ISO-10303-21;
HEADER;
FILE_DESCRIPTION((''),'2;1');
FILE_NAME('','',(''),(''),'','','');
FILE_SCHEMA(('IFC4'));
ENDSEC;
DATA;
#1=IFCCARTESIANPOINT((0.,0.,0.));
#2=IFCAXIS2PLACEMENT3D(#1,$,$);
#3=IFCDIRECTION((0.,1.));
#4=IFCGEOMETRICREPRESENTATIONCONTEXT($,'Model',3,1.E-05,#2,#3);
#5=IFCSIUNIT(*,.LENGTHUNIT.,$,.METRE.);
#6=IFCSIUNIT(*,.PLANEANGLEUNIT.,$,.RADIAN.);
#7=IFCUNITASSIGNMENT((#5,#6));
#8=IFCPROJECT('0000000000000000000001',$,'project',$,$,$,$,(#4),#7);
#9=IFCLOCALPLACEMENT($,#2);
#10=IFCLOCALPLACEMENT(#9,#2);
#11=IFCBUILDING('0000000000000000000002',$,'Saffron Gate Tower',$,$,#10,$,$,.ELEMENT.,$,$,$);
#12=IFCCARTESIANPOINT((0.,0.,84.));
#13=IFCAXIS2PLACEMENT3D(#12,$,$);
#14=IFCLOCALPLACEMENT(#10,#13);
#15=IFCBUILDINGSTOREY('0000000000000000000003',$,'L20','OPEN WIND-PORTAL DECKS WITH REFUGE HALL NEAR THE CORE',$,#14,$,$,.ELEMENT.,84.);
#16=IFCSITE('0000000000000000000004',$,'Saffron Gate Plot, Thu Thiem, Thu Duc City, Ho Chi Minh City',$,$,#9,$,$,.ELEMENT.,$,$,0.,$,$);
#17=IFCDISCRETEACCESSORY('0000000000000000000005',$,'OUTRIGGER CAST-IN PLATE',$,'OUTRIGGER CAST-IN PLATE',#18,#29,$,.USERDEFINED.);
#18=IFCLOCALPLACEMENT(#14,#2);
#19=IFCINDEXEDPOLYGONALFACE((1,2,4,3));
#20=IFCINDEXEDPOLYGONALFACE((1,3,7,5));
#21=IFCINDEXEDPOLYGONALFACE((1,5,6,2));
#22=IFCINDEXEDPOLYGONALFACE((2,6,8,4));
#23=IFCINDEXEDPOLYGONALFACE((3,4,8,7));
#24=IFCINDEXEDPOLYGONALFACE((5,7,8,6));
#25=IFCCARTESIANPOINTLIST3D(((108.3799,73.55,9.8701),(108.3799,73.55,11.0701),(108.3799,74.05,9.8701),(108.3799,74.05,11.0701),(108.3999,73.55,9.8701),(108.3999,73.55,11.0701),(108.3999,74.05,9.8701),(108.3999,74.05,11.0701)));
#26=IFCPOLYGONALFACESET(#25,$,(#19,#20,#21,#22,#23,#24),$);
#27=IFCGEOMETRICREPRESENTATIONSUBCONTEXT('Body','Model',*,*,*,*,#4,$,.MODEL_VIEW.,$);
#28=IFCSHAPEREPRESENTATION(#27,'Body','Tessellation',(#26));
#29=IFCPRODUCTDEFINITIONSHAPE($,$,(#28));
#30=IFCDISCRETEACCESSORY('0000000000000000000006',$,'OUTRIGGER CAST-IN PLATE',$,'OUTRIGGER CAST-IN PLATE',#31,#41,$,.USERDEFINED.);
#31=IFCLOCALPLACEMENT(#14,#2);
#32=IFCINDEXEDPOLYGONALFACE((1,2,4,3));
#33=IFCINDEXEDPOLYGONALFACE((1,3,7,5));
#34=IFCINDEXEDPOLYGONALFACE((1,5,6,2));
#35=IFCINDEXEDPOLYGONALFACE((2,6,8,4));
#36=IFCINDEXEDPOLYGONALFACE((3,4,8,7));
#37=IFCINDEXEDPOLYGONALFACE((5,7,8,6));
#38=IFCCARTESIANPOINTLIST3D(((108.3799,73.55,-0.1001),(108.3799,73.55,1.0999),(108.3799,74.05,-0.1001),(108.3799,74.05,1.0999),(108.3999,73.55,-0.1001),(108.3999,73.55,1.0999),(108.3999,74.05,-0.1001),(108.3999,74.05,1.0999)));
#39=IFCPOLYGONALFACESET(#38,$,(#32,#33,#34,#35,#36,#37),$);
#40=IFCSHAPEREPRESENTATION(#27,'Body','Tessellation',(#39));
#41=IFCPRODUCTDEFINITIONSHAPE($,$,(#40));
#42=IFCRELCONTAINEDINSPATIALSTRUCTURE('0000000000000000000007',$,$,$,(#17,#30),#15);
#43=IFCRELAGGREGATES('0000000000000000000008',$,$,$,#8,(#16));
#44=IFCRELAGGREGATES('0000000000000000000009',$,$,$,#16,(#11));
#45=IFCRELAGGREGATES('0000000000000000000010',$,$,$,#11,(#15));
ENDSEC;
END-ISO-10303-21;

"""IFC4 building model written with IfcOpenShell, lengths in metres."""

from ifc_helpers import new_model, si_unit, direction, frame, origin, origin_2d, place, context, subcontext, project, spatial, rectangle, extrude, element, save


model = new_model("IFC4")

# Units and contexts
model_context = context("Model", 3, precision=1e-05, world=origin(), true_north=direction((0.0, 1.0)))
body_context = subcontext(model_context, "Body", "Model", "MODEL_VIEW")
ifc_project = project(units=[si_unit("LENGTHUNIT", "METRE"), si_unit("PLANEANGLEUNIT", "RADIAN")], contexts=[model_context])

# Site, building, storey
site_placement = place(None, origin())
site = spatial("IfcSite", under=ifc_project, at=site_placement, Name="Saffron Gate Plot, Thu Thiem, Thu Duc City, Ho Chi Minh City", CompositionType="ELEMENT", RefElevation=0.0)
building_placement = place(site_placement, origin())
building = spatial("IfcBuilding", under=site, at=building_placement, Name="Saffron Gate Tower", CompositionType="ELEMENT")
storey_placement = place(building_placement, frame((0.0, 0.0, 84.0)))
storey = spatial("IfcBuildingStorey", under=building, at=storey_placement, Name="L20", Description="OPEN WIND-PORTAL DECKS WITH REFUGE HALL NEAR THE CORE", CompositionType="ELEMENT", Elevation=84.0)

# Discrete accessories
for number, where, z_axis, x_axis, name in (
    (1, (108.3899, 73.8, 9.8701), (0.0, 0.0, 1.0), (-1.0, 0.0, 0.0), "OUTRIGGER CAST-IN PLATE"),
    (2, (108.3899, 73.8, -0.1001), (0.0, 0.0, 1.0), (-1.0, 0.0, 0.0), "OUTRIGGER CAST-IN PLATE"),
):
    element("IfcDiscreteAccessory", number, at=place(storey_placement, frame(where, z_axis=z_axis, x_axis=x_axis)), inside=storey, Name=name, ObjectType="OUTRIGGER CAST-IN PLATE", PredefinedType="USERDEFINED", context=body_context, shape_type="SweptSolid", body=[
        extrude(rectangle(XDim=0.02, YDim=0.5, at=origin_2d()), origin(), (0.0, 0.0, 1.0), 1.2),
    ])

save(model, "model.ifc")
